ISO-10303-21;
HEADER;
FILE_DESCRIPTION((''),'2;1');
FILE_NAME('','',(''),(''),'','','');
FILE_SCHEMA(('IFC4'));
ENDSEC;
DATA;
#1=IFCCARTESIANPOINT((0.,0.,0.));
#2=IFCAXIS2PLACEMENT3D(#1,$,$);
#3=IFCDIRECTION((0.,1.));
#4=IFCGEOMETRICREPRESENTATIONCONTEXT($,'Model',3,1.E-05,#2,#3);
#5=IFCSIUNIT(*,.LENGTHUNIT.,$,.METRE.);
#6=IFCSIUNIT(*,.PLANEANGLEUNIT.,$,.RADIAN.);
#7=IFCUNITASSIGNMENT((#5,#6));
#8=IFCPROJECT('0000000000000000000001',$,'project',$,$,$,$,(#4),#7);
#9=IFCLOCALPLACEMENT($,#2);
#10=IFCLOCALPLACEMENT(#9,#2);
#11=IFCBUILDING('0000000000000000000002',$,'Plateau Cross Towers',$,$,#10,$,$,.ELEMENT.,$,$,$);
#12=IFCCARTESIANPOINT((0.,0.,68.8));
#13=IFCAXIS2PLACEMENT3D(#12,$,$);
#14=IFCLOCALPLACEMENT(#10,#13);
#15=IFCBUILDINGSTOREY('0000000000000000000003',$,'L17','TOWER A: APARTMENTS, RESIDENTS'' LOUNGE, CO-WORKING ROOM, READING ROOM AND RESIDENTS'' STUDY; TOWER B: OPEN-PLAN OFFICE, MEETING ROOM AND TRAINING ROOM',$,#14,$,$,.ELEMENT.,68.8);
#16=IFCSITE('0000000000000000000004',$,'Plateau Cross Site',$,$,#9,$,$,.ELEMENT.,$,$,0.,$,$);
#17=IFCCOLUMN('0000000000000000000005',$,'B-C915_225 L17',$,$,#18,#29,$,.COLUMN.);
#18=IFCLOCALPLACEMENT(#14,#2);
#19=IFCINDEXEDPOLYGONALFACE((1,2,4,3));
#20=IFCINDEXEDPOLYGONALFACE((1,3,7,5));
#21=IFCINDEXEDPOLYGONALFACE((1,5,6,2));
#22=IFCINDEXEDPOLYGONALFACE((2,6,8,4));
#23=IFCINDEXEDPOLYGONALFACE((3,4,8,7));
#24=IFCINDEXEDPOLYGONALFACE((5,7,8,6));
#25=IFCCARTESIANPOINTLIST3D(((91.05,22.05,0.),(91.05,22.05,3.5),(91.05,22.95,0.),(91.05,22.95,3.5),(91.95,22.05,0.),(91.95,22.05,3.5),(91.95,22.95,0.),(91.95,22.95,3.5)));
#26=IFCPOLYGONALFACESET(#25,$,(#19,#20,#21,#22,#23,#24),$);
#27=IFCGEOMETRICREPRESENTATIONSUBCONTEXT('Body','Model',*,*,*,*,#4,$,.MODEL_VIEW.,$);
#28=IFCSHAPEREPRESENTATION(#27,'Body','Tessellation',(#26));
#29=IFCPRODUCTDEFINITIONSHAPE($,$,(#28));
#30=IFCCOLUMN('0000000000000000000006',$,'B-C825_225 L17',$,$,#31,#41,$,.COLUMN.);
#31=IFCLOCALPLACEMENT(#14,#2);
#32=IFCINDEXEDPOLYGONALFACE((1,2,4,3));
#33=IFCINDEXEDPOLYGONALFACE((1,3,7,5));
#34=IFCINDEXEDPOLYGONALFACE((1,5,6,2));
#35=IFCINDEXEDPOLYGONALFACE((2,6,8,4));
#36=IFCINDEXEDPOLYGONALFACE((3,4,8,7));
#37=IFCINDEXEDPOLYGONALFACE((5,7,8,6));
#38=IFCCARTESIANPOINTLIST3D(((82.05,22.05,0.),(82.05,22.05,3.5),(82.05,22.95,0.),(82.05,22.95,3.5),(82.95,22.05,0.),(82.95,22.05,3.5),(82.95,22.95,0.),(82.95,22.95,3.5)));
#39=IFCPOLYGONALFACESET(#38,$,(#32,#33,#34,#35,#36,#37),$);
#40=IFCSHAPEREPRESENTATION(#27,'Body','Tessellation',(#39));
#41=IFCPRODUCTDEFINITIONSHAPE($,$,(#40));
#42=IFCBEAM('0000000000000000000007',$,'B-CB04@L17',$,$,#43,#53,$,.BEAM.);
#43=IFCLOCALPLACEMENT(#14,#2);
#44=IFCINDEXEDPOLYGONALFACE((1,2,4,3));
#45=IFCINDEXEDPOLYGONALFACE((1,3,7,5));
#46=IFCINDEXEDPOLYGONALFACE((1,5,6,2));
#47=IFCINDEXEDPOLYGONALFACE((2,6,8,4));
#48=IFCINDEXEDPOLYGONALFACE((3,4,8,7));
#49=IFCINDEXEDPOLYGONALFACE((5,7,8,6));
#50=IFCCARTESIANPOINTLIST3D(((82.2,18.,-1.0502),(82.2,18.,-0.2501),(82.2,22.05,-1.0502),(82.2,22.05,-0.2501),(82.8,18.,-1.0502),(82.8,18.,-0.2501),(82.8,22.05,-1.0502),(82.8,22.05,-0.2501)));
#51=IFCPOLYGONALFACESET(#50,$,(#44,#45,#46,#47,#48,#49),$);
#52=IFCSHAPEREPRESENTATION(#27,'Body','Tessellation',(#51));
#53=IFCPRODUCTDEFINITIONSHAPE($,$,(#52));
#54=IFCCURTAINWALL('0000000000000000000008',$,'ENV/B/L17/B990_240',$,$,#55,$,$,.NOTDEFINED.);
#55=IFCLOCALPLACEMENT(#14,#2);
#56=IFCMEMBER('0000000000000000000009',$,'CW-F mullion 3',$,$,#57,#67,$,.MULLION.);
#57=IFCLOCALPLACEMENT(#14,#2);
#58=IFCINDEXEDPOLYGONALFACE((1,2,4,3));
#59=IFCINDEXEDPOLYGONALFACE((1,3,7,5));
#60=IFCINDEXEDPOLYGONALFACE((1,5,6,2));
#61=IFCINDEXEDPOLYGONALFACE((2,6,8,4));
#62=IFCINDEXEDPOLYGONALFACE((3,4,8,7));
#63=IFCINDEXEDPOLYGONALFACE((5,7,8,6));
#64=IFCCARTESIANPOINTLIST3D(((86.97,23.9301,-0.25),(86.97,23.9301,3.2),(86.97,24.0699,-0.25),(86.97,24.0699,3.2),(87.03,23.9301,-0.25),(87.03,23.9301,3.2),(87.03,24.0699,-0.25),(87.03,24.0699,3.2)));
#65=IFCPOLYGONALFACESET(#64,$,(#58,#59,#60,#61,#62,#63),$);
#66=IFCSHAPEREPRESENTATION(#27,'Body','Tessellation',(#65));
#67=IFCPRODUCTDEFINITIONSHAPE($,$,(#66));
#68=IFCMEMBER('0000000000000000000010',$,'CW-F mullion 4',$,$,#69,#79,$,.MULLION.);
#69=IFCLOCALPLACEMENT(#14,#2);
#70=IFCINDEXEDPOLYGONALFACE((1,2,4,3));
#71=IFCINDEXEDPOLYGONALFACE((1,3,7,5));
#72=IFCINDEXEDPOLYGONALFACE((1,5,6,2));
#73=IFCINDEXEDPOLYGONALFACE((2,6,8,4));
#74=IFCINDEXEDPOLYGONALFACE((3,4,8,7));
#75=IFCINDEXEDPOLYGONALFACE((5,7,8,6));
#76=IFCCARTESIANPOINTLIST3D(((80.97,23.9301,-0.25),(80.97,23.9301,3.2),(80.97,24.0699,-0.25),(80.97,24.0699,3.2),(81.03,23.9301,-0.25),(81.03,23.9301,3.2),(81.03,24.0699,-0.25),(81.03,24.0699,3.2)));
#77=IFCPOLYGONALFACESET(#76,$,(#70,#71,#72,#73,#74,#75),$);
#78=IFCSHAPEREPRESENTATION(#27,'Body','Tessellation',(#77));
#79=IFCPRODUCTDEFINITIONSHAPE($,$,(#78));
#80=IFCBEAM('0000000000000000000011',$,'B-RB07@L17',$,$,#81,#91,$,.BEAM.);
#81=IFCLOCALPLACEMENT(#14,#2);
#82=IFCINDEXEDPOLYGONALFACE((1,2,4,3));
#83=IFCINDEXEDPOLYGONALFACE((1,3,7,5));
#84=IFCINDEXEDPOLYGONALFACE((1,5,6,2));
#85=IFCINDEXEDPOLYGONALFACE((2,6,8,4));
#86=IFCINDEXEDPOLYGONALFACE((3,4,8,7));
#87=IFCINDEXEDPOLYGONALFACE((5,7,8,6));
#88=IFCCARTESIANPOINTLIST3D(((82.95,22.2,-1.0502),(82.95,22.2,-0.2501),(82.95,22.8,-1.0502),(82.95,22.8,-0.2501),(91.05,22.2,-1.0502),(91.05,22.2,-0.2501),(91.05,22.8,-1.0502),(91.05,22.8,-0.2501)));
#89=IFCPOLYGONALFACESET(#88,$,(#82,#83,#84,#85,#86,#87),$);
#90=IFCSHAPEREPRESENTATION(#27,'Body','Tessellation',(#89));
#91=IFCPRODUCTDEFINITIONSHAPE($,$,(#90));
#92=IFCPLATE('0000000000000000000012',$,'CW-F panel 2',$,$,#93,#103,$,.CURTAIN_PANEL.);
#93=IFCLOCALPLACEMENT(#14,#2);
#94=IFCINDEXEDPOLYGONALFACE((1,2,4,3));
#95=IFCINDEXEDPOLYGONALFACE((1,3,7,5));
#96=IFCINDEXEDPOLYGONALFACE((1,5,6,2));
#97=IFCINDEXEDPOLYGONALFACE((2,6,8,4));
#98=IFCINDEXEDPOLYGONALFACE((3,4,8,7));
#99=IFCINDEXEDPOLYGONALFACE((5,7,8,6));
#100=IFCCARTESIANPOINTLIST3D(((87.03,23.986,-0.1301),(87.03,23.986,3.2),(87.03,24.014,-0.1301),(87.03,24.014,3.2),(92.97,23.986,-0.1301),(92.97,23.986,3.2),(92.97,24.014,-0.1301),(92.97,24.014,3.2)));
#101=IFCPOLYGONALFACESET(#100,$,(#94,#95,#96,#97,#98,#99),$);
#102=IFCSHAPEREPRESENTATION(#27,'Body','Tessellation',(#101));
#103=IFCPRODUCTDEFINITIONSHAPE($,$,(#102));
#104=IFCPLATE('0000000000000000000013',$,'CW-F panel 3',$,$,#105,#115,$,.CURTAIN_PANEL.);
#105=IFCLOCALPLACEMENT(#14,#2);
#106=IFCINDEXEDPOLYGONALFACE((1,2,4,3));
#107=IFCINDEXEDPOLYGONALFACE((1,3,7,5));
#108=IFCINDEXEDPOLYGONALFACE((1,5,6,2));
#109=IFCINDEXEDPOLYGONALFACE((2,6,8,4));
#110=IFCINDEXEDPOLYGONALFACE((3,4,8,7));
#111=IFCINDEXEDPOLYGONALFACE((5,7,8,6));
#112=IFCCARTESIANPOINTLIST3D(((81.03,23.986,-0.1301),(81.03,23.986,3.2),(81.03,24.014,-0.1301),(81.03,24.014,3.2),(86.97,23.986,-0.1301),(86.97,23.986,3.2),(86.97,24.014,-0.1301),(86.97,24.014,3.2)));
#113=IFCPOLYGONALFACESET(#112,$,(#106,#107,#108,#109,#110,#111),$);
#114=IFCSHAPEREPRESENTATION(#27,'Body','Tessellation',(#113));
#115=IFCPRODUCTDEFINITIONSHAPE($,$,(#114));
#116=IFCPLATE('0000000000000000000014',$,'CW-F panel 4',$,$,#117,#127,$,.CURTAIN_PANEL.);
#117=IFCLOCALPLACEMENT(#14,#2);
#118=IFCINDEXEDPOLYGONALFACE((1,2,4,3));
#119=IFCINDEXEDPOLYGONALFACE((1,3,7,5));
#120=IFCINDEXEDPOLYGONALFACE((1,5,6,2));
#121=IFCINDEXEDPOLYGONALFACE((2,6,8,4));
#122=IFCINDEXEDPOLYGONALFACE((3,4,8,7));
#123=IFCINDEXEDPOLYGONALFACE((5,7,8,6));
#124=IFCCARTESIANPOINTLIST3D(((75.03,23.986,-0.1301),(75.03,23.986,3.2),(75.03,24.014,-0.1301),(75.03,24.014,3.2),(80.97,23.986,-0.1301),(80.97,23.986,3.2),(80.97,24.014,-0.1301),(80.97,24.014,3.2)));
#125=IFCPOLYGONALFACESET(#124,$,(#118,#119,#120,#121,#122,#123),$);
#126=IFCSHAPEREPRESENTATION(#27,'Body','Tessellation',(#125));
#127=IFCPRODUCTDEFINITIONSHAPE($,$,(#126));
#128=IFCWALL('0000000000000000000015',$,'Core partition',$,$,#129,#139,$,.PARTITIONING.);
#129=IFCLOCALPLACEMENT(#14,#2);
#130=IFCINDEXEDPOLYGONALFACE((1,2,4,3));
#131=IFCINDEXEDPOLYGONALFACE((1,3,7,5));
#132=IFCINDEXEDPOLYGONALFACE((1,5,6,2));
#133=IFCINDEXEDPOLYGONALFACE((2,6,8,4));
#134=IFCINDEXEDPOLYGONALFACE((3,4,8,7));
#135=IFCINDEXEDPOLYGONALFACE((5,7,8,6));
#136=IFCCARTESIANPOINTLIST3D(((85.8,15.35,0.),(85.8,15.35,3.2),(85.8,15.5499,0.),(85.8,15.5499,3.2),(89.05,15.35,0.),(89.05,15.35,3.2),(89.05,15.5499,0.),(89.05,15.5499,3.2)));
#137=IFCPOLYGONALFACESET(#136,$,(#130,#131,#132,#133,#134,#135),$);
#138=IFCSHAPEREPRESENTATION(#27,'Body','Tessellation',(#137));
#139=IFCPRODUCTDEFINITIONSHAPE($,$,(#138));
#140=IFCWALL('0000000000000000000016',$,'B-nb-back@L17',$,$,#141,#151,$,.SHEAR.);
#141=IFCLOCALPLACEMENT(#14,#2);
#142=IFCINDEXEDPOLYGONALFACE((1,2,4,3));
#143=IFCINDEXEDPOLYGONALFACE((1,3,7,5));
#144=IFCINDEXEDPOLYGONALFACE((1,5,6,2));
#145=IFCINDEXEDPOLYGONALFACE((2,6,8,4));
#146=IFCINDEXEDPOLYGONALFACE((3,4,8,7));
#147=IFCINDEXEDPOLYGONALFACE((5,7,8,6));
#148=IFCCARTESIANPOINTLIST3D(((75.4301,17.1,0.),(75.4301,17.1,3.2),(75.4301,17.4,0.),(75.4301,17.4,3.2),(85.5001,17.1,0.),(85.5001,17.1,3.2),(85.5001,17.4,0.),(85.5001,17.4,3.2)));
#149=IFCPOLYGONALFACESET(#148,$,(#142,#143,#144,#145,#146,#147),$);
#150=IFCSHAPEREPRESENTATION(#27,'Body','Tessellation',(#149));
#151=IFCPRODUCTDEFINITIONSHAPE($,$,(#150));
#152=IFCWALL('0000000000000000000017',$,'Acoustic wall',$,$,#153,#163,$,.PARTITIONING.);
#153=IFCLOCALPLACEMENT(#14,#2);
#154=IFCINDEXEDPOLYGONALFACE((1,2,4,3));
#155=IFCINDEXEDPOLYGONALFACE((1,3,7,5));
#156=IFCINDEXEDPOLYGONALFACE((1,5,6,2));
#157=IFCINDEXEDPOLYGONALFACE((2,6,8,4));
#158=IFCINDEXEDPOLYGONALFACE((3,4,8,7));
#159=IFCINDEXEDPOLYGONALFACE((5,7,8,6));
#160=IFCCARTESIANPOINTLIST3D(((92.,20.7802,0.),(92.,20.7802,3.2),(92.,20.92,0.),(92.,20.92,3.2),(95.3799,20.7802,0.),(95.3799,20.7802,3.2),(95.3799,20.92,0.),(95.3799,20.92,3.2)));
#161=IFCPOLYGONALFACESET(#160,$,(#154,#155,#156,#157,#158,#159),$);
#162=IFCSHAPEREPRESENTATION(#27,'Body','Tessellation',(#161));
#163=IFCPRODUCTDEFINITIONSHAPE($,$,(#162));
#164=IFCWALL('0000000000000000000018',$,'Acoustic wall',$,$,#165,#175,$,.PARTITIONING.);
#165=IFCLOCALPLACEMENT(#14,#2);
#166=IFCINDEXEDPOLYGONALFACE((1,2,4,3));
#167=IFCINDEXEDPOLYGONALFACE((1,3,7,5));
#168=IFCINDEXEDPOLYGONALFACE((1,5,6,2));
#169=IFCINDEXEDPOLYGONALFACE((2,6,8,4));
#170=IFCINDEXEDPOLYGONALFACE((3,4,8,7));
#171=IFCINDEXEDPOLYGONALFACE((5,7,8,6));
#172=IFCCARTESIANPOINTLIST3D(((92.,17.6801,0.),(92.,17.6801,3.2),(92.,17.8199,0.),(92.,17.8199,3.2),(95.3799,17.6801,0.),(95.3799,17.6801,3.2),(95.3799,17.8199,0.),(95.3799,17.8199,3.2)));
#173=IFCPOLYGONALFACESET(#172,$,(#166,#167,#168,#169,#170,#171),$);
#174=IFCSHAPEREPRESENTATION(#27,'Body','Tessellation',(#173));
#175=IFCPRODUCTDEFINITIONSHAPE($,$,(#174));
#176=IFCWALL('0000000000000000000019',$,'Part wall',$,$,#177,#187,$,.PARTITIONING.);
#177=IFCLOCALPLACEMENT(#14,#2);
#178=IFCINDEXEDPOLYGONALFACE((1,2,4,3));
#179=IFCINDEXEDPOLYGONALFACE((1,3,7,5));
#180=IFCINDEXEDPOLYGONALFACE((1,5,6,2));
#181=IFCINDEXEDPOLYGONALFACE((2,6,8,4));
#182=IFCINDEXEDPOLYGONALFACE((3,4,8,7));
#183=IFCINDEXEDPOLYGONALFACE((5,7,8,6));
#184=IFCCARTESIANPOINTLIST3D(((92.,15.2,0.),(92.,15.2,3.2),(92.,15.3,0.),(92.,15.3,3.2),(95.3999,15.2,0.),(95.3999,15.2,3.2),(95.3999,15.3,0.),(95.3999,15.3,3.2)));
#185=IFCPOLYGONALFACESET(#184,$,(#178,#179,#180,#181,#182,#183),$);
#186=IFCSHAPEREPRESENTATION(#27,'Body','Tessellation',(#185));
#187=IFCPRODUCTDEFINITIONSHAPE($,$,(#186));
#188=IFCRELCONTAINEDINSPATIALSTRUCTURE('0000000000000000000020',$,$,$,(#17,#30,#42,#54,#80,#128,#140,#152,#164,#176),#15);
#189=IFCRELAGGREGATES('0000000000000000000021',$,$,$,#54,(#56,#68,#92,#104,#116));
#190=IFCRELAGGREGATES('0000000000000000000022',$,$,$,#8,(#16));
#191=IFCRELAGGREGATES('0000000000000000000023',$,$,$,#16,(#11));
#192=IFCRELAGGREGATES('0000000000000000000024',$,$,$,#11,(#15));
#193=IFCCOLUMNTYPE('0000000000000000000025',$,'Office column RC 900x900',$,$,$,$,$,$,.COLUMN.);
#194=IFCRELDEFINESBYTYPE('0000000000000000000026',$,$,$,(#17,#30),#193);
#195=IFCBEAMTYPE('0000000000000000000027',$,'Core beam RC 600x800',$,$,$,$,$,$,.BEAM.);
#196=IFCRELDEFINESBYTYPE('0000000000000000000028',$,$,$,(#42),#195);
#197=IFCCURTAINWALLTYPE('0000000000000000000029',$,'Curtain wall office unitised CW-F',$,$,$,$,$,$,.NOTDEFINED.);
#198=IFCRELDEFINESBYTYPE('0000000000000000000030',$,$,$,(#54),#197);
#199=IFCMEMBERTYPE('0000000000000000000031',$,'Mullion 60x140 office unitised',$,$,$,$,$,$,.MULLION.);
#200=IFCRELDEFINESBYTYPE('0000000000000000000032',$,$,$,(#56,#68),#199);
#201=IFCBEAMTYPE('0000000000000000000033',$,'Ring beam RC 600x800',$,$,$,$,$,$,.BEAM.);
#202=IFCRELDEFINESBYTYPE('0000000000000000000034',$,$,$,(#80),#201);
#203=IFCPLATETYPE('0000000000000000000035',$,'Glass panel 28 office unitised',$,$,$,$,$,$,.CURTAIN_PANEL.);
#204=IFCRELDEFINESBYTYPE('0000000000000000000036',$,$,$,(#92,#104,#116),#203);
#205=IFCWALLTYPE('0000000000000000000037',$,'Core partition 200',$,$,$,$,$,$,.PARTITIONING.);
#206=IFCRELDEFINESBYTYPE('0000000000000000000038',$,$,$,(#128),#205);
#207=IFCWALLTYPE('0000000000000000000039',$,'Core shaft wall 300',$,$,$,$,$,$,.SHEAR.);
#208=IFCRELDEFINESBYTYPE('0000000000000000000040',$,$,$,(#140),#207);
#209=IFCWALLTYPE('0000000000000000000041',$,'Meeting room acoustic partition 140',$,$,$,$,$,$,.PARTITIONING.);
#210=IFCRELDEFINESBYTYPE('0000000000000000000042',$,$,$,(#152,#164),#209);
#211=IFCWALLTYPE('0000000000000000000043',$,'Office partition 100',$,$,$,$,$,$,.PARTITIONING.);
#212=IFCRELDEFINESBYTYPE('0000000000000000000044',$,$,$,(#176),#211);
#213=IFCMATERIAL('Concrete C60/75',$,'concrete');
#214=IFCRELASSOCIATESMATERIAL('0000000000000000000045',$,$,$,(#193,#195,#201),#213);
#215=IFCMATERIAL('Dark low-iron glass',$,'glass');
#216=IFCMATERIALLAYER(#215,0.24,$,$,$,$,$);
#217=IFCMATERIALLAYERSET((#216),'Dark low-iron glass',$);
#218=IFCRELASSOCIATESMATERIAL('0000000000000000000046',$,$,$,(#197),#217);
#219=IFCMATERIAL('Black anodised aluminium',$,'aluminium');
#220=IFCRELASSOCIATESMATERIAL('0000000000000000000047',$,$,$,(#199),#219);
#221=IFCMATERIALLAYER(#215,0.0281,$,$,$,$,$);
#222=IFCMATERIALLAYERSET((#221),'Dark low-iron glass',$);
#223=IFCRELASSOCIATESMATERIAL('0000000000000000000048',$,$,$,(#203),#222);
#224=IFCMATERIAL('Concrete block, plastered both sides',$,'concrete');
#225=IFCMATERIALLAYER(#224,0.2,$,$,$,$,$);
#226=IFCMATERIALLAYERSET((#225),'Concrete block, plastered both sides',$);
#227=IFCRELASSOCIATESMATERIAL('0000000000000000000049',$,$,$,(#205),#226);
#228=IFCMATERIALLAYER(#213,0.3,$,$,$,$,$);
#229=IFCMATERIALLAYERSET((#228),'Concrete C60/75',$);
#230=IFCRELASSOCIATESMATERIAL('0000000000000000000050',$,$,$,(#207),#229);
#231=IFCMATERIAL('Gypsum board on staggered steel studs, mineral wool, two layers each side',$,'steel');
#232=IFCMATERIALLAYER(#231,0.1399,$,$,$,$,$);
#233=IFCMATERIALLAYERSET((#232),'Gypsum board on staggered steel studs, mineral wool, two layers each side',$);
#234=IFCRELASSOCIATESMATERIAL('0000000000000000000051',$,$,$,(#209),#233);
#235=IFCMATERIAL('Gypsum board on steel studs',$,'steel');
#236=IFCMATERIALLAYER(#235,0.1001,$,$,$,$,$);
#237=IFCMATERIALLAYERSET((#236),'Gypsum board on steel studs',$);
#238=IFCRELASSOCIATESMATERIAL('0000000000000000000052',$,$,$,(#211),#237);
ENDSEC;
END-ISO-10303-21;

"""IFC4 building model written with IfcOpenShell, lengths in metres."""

from ifc_helpers import new_model, si_unit, direction, frame, frame_2d, origin, origin_2d, place, context, subcontext, project, spatial, rectangle, extrude, material, layer, layer_set, material_profile, profile_set, type_object, element, aggregate, save


model = new_model("IFC4")

# Units and contexts
model_context = context("Model", 3, precision=1e-05, world=origin(), true_north=direction((0.0, 1.0)))
body_context = subcontext(model_context, "Body", "Model", "MODEL_VIEW")
ifc_project = project(units=[si_unit("LENGTHUNIT", "METRE"), si_unit("PLANEANGLEUNIT", "RADIAN")], contexts=[model_context])

# Site, building, storey
site_placement = place(None, origin())
site = spatial("IfcSite", under=ifc_project, at=site_placement, Name="Plateau Cross Site", CompositionType="ELEMENT", RefElevation=0.0)
building_placement = place(site_placement, origin())
building = spatial("IfcBuilding", under=site, at=building_placement, Name="Plateau Cross Towers", CompositionType="ELEMENT")
storey_placement = place(building_placement, frame((0.0, 0.0, 68.8)))
storey = spatial("IfcBuildingStorey", under=building, at=storey_placement, Name="L17", Description="TOWER A: APARTMENTS, RESIDENTS' LOUNGE, CO-WORKING ROOM, READING ROOM AND RESIDENTS' STUDY; TOWER B: OPEN-PLAN OFFICE, MEETING ROOM AND TRAINING ROOM", CompositionType="ELEMENT", Elevation=68.8)

# Columns
ifc_material_1 = material(Name="Concrete C60/75", Category="concrete")
ifc_material_profile_1 = material_profile(ifc_material_1, rectangle(XDim=0.8999, YDim=0.8999, at=origin_2d()), Name="RC 900x900")
ifc_profile_set_1 = profile_set([ifc_material_profile_1], Name="Concrete C60/75")
column_type = type_object("IfcColumnType", Name="Office column RC 900x900", PredefinedType="COLUMN", material=ifc_profile_set_1)
for number, where, z_axis, x_axis, name in (
    (1, (91.5, 22.5, 0.0), (0.0, 0.0, 1.0), (1.0, 0.0, 0.0), "B-C915_225 L17"),
    (2, (82.5, 22.5, 0.0), (0.0, 0.0, 1.0), (1.0, 0.0, 0.0), "B-C825_225 L17"),
):
    element("IfcColumn", number, at=place(storey_placement, frame(where, z_axis=z_axis, x_axis=x_axis)), inside=storey, type_object=column_type, Name=name, PredefinedType="COLUMN", context=body_context, shape_type="SweptSolid", body=[
        extrude(rectangle(XDim=0.8999, YDim=0.8999, at=origin_2d()), origin(), (0.0, 0.0, 1.0), 3.5),
    ])

# Beam
ifc_material_profile_2 = material_profile(ifc_material_1, rectangle(XDim=0.6001, YDim=0.8, at=origin_2d()), Name="RC 600x800")
ifc_profile_set_2 = profile_set([ifc_material_profile_2], Name="Concrete C60/75")
beam_type_1 = type_object("IfcBeamType", Name="Core beam RC 600x800", PredefinedType="BEAM", material=ifc_profile_set_2)
beam_1_placement = place(storey_placement, frame((82.5, 18.0, -0.6501), z_axis=(0.0, 1.0, 0.0), x_axis=(-1.0, 0.0, 0.0)))
element("IfcBeam", 3, at=beam_1_placement, inside=storey, type_object=beam_type_1, Name="B-CB04@L17", PredefinedType="BEAM", context=body_context, shape_type="SweptSolid", body=[
    extrude(rectangle(XDim=0.6001, YDim=0.8, at=origin_2d()), origin(), (0.0, 0.0, 1.0), 4.05),
])

# Curtain wall, members
ifc_material_2 = material(Name="Dark low-iron glass", Category="glass")
ifc_layer_1 = layer(ifc_material_2, 0.24)
ifc_layer_set_1 = layer_set([ifc_layer_1], Name="Dark low-iron glass")
curtain_wall_type = type_object("IfcCurtainWallType", Name="Curtain wall office unitised CW-F", PredefinedType="NOTDEFINED", material=ifc_layer_set_1)
curtain_wall_placement = place(storey_placement, origin())
curtain_wall = element("IfcCurtainWall", 4, at=curtain_wall_placement, inside=storey, type_object=curtain_wall_type, Name="ENV/B/L17/B990_240", PredefinedType="NOTDEFINED")
ifc_material_3 = material(Name="Black anodised aluminium", Category="aluminium")
ifc_material_profile_3 = material_profile(ifc_material_3, rectangle(XDim=0.0601, YDim=0.1399, at=origin_2d()), Name="MULLION 60x140")
ifc_profile_set_3 = profile_set([ifc_material_profile_3], Name="Black anodised aluminium")
member_type = type_object("IfcMemberType", Name="Mullion 60x140 office unitised", PredefinedType="MULLION", material=ifc_profile_set_3)
member_1_placement = place(storey_placement, frame((87.0, 24.0, -0.25), z_axis=(0.0, 0.0, 1.0), x_axis=(-1.0, 0.0, 0.0)))
member_1 = element("IfcMember", 5, at=member_1_placement, type_object=member_type, Name="CW-F mullion 3", PredefinedType="MULLION", context=body_context, shape_type="SweptSolid", body=[
    extrude(rectangle(XDim=0.0601, YDim=0.1399, at=origin_2d()), origin(), (0.0, 0.0, 1.0), 3.45),
])
member_2_placement = place(storey_placement, frame((81.0, 24.0, -0.25), z_axis=(0.0, 0.0, 1.0), x_axis=(-1.0, 0.0, 0.0)))
member_2 = element("IfcMember", 6, at=member_2_placement, type_object=member_type, Name="CW-F mullion 4", PredefinedType="MULLION", context=body_context, shape_type="SweptSolid", body=[
    extrude(rectangle(XDim=0.0601, YDim=0.1399, at=origin_2d()), origin(), (0.0, 0.0, 1.0), 3.45),
])

# Beam
ifc_material_profile_4 = material_profile(ifc_material_1, rectangle(XDim=0.6001, YDim=0.8, at=origin_2d()), Name="RC 600x800")
ifc_profile_set_4 = profile_set([ifc_material_profile_4], Name="Concrete C60/75")
beam_type_2 = type_object("IfcBeamType", Name="Ring beam RC 600x800", PredefinedType="BEAM", material=ifc_profile_set_4)
beam_2_placement = place(storey_placement, frame((91.05, 22.5, -0.6501), z_axis=(-1.0, 0.0, 0.0), x_axis=(0.0, -1.0, 0.0)))
element("IfcBeam", 7, at=beam_2_placement, inside=storey, type_object=beam_type_2, Name="B-RB07@L17", PredefinedType="BEAM", context=body_context, shape_type="SweptSolid", body=[
    extrude(rectangle(XDim=0.6001, YDim=0.8, at=origin_2d()), origin(), (0.0, 0.0, 1.0), 8.1001),
])

# Plates
ifc_layer_2 = layer(ifc_material_2, 0.0281)
ifc_layer_set_2 = layer_set([ifc_layer_2], Name="Dark low-iron glass")
plate_type = type_object("IfcPlateType", Name="Glass panel 28 office unitised", PredefinedType="CURTAIN_PANEL", material=ifc_layer_set_2)
plate_1_placement = place(storey_placement, frame((90.0, 24.0, -0.1301), z_axis=(0.0, 0.0, 1.0), x_axis=(-1.0, 0.0, 0.0)))
plate_1 = element("IfcPlate", 8, at=plate_1_placement, type_object=plate_type, Name="CW-F panel 2", PredefinedType="CURTAIN_PANEL", context=body_context, shape_type="SweptSolid", body=[
    extrude(rectangle(XDim=5.9399, YDim=0.0281, at=origin_2d()), origin(), (0.0, 0.0, 1.0), 3.3301),
])
plate_2_placement = place(storey_placement, frame((84.0, 24.0, -0.1301), z_axis=(0.0, 0.0, 1.0), x_axis=(-1.0, 0.0, 0.0)))
plate_2 = element("IfcPlate", 9, at=plate_2_placement, type_object=plate_type, Name="CW-F panel 3", PredefinedType="CURTAIN_PANEL", context=body_context, shape_type="SweptSolid", body=[
    extrude(rectangle(XDim=5.9399, YDim=0.0281, at=origin_2d()), origin(), (0.0, 0.0, 1.0), 3.3301),
])
plate_3_placement = place(storey_placement, frame((78.0, 24.0, -0.1301), z_axis=(0.0, 0.0, 1.0), x_axis=(-1.0, 0.0, 0.0)))
plate_3 = element("IfcPlate", 10, at=plate_3_placement, type_object=plate_type, Name="CW-F panel 4", PredefinedType="CURTAIN_PANEL", context=body_context, shape_type="SweptSolid", body=[
    extrude(rectangle(XDim=5.9399, YDim=0.0281, at=origin_2d()), origin(), (0.0, 0.0, 1.0), 3.3301),
])
aggregate(curtain_wall, [member_1, member_2, plate_1, plate_2, plate_3])

# Walls
ifc_material_4 = material(Name="Concrete block, plastered both sides", Category="concrete")
ifc_layer_3 = layer(ifc_material_4, 0.2)
ifc_layer_set_3 = layer_set([ifc_layer_3], Name="Concrete block, plastered both sides")
wall_type_1 = type_object("IfcWallType", Name="Core partition 200", PredefinedType="PARTITIONING", material=ifc_layer_set_3)
wall_1_placement = place(storey_placement, frame((85.8, 15.45, 0.0), z_axis=(0.0, 0.0, 1.0), x_axis=(1.0, 0.0, 0.0)))
element("IfcWall", 11, at=wall_1_placement, inside=storey, type_object=wall_type_1, Name="Core partition", PredefinedType="PARTITIONING", context=body_context, shape_type="SweptSolid", body=[
    extrude(rectangle(XDim=3.25, YDim=0.2, at=frame_2d((1.625, 0.0))), origin(), (0.0, 0.0, 1.0), 3.2),
])
ifc_layer_4 = layer(ifc_material_1, 0.3)
ifc_layer_set_4 = layer_set([ifc_layer_4], Name="Concrete C60/75")
wall_type_2 = type_object("IfcWallType", Name="Core shaft wall 300", PredefinedType="SHEAR", material=ifc_layer_set_4)
wall_2_placement = place(storey_placement, frame((75.4299, 17.25, 0.0), z_axis=(0.0, 0.0, 1.0), x_axis=(1.0, 0.0, 0.0)))
element("IfcWall", 12, at=wall_2_placement, inside=storey, type_object=wall_type_2, Name="B-nb-back@L17", PredefinedType="SHEAR", context=body_context, shape_type="SweptSolid", body=[
    extrude(rectangle(XDim=10.0701, YDim=0.3, at=frame_2d((5.0352, 0.0))), origin(), (0.0, 0.0, 1.0), 3.2),
])
ifc_material_5 = material(Name="Gypsum board on staggered steel studs, mineral wool, two layers each side", Category="steel")
ifc_layer_5 = layer(ifc_material_5, 0.1399)
ifc_layer_set_5 = layer_set([ifc_layer_5], Name="Gypsum board on staggered steel studs, mineral wool, two layers each side")
wall_type_3 = type_object("IfcWallType", Name="Meeting room acoustic partition 140", PredefinedType="PARTITIONING", material=ifc_layer_set_5)
for number, where, z_axis, x_axis, name in (
    (13, (92.0, 20.8501, 0.0), (0.0, 0.0, 1.0), (1.0, 0.0, 0.0), "Acoustic wall"),
    (14, (92.0, 17.75, 0.0), (0.0, 0.0, 1.0), (1.0, 0.0, 0.0), "Acoustic wall"),
):
    element("IfcWall", number, at=place(storey_placement, frame(where, z_axis=z_axis, x_axis=x_axis)), inside=storey, type_object=wall_type_3, Name=name, PredefinedType="PARTITIONING", context=body_context, shape_type="SweptSolid", body=[
        extrude(rectangle(XDim=3.3799, YDim=0.1399, at=frame_2d((1.6899, 0.0))), origin(), (0.0, 0.0, 1.0), 3.2),
    ])

# Wall
ifc_material_6 = material(Name="Gypsum board on steel studs", Category="steel")
ifc_layer_6 = layer(ifc_material_6, 0.1001)
ifc_layer_set_6 = layer_set([ifc_layer_6], Name="Gypsum board on steel studs")
wall_type_4 = type_object("IfcWallType", Name="Office partition 100", PredefinedType="PARTITIONING", material=ifc_layer_set_6)
wall_3_placement = place(storey_placement, frame((92.0, 15.25, 0.0), z_axis=(0.0, 0.0, 1.0), x_axis=(1.0, 0.0, 0.0)))
element("IfcWall", 15, at=wall_3_placement, inside=storey, type_object=wall_type_4, Name="Part wall", PredefinedType="PARTITIONING", context=body_context, shape_type="SweptSolid", body=[
    extrude(rectangle(XDim=3.3999, YDim=0.1001, at=frame_2d((1.7, 0.0))), origin(), (0.0, 0.0, 1.0), 3.2),
])

save(model, "model.ifc")
